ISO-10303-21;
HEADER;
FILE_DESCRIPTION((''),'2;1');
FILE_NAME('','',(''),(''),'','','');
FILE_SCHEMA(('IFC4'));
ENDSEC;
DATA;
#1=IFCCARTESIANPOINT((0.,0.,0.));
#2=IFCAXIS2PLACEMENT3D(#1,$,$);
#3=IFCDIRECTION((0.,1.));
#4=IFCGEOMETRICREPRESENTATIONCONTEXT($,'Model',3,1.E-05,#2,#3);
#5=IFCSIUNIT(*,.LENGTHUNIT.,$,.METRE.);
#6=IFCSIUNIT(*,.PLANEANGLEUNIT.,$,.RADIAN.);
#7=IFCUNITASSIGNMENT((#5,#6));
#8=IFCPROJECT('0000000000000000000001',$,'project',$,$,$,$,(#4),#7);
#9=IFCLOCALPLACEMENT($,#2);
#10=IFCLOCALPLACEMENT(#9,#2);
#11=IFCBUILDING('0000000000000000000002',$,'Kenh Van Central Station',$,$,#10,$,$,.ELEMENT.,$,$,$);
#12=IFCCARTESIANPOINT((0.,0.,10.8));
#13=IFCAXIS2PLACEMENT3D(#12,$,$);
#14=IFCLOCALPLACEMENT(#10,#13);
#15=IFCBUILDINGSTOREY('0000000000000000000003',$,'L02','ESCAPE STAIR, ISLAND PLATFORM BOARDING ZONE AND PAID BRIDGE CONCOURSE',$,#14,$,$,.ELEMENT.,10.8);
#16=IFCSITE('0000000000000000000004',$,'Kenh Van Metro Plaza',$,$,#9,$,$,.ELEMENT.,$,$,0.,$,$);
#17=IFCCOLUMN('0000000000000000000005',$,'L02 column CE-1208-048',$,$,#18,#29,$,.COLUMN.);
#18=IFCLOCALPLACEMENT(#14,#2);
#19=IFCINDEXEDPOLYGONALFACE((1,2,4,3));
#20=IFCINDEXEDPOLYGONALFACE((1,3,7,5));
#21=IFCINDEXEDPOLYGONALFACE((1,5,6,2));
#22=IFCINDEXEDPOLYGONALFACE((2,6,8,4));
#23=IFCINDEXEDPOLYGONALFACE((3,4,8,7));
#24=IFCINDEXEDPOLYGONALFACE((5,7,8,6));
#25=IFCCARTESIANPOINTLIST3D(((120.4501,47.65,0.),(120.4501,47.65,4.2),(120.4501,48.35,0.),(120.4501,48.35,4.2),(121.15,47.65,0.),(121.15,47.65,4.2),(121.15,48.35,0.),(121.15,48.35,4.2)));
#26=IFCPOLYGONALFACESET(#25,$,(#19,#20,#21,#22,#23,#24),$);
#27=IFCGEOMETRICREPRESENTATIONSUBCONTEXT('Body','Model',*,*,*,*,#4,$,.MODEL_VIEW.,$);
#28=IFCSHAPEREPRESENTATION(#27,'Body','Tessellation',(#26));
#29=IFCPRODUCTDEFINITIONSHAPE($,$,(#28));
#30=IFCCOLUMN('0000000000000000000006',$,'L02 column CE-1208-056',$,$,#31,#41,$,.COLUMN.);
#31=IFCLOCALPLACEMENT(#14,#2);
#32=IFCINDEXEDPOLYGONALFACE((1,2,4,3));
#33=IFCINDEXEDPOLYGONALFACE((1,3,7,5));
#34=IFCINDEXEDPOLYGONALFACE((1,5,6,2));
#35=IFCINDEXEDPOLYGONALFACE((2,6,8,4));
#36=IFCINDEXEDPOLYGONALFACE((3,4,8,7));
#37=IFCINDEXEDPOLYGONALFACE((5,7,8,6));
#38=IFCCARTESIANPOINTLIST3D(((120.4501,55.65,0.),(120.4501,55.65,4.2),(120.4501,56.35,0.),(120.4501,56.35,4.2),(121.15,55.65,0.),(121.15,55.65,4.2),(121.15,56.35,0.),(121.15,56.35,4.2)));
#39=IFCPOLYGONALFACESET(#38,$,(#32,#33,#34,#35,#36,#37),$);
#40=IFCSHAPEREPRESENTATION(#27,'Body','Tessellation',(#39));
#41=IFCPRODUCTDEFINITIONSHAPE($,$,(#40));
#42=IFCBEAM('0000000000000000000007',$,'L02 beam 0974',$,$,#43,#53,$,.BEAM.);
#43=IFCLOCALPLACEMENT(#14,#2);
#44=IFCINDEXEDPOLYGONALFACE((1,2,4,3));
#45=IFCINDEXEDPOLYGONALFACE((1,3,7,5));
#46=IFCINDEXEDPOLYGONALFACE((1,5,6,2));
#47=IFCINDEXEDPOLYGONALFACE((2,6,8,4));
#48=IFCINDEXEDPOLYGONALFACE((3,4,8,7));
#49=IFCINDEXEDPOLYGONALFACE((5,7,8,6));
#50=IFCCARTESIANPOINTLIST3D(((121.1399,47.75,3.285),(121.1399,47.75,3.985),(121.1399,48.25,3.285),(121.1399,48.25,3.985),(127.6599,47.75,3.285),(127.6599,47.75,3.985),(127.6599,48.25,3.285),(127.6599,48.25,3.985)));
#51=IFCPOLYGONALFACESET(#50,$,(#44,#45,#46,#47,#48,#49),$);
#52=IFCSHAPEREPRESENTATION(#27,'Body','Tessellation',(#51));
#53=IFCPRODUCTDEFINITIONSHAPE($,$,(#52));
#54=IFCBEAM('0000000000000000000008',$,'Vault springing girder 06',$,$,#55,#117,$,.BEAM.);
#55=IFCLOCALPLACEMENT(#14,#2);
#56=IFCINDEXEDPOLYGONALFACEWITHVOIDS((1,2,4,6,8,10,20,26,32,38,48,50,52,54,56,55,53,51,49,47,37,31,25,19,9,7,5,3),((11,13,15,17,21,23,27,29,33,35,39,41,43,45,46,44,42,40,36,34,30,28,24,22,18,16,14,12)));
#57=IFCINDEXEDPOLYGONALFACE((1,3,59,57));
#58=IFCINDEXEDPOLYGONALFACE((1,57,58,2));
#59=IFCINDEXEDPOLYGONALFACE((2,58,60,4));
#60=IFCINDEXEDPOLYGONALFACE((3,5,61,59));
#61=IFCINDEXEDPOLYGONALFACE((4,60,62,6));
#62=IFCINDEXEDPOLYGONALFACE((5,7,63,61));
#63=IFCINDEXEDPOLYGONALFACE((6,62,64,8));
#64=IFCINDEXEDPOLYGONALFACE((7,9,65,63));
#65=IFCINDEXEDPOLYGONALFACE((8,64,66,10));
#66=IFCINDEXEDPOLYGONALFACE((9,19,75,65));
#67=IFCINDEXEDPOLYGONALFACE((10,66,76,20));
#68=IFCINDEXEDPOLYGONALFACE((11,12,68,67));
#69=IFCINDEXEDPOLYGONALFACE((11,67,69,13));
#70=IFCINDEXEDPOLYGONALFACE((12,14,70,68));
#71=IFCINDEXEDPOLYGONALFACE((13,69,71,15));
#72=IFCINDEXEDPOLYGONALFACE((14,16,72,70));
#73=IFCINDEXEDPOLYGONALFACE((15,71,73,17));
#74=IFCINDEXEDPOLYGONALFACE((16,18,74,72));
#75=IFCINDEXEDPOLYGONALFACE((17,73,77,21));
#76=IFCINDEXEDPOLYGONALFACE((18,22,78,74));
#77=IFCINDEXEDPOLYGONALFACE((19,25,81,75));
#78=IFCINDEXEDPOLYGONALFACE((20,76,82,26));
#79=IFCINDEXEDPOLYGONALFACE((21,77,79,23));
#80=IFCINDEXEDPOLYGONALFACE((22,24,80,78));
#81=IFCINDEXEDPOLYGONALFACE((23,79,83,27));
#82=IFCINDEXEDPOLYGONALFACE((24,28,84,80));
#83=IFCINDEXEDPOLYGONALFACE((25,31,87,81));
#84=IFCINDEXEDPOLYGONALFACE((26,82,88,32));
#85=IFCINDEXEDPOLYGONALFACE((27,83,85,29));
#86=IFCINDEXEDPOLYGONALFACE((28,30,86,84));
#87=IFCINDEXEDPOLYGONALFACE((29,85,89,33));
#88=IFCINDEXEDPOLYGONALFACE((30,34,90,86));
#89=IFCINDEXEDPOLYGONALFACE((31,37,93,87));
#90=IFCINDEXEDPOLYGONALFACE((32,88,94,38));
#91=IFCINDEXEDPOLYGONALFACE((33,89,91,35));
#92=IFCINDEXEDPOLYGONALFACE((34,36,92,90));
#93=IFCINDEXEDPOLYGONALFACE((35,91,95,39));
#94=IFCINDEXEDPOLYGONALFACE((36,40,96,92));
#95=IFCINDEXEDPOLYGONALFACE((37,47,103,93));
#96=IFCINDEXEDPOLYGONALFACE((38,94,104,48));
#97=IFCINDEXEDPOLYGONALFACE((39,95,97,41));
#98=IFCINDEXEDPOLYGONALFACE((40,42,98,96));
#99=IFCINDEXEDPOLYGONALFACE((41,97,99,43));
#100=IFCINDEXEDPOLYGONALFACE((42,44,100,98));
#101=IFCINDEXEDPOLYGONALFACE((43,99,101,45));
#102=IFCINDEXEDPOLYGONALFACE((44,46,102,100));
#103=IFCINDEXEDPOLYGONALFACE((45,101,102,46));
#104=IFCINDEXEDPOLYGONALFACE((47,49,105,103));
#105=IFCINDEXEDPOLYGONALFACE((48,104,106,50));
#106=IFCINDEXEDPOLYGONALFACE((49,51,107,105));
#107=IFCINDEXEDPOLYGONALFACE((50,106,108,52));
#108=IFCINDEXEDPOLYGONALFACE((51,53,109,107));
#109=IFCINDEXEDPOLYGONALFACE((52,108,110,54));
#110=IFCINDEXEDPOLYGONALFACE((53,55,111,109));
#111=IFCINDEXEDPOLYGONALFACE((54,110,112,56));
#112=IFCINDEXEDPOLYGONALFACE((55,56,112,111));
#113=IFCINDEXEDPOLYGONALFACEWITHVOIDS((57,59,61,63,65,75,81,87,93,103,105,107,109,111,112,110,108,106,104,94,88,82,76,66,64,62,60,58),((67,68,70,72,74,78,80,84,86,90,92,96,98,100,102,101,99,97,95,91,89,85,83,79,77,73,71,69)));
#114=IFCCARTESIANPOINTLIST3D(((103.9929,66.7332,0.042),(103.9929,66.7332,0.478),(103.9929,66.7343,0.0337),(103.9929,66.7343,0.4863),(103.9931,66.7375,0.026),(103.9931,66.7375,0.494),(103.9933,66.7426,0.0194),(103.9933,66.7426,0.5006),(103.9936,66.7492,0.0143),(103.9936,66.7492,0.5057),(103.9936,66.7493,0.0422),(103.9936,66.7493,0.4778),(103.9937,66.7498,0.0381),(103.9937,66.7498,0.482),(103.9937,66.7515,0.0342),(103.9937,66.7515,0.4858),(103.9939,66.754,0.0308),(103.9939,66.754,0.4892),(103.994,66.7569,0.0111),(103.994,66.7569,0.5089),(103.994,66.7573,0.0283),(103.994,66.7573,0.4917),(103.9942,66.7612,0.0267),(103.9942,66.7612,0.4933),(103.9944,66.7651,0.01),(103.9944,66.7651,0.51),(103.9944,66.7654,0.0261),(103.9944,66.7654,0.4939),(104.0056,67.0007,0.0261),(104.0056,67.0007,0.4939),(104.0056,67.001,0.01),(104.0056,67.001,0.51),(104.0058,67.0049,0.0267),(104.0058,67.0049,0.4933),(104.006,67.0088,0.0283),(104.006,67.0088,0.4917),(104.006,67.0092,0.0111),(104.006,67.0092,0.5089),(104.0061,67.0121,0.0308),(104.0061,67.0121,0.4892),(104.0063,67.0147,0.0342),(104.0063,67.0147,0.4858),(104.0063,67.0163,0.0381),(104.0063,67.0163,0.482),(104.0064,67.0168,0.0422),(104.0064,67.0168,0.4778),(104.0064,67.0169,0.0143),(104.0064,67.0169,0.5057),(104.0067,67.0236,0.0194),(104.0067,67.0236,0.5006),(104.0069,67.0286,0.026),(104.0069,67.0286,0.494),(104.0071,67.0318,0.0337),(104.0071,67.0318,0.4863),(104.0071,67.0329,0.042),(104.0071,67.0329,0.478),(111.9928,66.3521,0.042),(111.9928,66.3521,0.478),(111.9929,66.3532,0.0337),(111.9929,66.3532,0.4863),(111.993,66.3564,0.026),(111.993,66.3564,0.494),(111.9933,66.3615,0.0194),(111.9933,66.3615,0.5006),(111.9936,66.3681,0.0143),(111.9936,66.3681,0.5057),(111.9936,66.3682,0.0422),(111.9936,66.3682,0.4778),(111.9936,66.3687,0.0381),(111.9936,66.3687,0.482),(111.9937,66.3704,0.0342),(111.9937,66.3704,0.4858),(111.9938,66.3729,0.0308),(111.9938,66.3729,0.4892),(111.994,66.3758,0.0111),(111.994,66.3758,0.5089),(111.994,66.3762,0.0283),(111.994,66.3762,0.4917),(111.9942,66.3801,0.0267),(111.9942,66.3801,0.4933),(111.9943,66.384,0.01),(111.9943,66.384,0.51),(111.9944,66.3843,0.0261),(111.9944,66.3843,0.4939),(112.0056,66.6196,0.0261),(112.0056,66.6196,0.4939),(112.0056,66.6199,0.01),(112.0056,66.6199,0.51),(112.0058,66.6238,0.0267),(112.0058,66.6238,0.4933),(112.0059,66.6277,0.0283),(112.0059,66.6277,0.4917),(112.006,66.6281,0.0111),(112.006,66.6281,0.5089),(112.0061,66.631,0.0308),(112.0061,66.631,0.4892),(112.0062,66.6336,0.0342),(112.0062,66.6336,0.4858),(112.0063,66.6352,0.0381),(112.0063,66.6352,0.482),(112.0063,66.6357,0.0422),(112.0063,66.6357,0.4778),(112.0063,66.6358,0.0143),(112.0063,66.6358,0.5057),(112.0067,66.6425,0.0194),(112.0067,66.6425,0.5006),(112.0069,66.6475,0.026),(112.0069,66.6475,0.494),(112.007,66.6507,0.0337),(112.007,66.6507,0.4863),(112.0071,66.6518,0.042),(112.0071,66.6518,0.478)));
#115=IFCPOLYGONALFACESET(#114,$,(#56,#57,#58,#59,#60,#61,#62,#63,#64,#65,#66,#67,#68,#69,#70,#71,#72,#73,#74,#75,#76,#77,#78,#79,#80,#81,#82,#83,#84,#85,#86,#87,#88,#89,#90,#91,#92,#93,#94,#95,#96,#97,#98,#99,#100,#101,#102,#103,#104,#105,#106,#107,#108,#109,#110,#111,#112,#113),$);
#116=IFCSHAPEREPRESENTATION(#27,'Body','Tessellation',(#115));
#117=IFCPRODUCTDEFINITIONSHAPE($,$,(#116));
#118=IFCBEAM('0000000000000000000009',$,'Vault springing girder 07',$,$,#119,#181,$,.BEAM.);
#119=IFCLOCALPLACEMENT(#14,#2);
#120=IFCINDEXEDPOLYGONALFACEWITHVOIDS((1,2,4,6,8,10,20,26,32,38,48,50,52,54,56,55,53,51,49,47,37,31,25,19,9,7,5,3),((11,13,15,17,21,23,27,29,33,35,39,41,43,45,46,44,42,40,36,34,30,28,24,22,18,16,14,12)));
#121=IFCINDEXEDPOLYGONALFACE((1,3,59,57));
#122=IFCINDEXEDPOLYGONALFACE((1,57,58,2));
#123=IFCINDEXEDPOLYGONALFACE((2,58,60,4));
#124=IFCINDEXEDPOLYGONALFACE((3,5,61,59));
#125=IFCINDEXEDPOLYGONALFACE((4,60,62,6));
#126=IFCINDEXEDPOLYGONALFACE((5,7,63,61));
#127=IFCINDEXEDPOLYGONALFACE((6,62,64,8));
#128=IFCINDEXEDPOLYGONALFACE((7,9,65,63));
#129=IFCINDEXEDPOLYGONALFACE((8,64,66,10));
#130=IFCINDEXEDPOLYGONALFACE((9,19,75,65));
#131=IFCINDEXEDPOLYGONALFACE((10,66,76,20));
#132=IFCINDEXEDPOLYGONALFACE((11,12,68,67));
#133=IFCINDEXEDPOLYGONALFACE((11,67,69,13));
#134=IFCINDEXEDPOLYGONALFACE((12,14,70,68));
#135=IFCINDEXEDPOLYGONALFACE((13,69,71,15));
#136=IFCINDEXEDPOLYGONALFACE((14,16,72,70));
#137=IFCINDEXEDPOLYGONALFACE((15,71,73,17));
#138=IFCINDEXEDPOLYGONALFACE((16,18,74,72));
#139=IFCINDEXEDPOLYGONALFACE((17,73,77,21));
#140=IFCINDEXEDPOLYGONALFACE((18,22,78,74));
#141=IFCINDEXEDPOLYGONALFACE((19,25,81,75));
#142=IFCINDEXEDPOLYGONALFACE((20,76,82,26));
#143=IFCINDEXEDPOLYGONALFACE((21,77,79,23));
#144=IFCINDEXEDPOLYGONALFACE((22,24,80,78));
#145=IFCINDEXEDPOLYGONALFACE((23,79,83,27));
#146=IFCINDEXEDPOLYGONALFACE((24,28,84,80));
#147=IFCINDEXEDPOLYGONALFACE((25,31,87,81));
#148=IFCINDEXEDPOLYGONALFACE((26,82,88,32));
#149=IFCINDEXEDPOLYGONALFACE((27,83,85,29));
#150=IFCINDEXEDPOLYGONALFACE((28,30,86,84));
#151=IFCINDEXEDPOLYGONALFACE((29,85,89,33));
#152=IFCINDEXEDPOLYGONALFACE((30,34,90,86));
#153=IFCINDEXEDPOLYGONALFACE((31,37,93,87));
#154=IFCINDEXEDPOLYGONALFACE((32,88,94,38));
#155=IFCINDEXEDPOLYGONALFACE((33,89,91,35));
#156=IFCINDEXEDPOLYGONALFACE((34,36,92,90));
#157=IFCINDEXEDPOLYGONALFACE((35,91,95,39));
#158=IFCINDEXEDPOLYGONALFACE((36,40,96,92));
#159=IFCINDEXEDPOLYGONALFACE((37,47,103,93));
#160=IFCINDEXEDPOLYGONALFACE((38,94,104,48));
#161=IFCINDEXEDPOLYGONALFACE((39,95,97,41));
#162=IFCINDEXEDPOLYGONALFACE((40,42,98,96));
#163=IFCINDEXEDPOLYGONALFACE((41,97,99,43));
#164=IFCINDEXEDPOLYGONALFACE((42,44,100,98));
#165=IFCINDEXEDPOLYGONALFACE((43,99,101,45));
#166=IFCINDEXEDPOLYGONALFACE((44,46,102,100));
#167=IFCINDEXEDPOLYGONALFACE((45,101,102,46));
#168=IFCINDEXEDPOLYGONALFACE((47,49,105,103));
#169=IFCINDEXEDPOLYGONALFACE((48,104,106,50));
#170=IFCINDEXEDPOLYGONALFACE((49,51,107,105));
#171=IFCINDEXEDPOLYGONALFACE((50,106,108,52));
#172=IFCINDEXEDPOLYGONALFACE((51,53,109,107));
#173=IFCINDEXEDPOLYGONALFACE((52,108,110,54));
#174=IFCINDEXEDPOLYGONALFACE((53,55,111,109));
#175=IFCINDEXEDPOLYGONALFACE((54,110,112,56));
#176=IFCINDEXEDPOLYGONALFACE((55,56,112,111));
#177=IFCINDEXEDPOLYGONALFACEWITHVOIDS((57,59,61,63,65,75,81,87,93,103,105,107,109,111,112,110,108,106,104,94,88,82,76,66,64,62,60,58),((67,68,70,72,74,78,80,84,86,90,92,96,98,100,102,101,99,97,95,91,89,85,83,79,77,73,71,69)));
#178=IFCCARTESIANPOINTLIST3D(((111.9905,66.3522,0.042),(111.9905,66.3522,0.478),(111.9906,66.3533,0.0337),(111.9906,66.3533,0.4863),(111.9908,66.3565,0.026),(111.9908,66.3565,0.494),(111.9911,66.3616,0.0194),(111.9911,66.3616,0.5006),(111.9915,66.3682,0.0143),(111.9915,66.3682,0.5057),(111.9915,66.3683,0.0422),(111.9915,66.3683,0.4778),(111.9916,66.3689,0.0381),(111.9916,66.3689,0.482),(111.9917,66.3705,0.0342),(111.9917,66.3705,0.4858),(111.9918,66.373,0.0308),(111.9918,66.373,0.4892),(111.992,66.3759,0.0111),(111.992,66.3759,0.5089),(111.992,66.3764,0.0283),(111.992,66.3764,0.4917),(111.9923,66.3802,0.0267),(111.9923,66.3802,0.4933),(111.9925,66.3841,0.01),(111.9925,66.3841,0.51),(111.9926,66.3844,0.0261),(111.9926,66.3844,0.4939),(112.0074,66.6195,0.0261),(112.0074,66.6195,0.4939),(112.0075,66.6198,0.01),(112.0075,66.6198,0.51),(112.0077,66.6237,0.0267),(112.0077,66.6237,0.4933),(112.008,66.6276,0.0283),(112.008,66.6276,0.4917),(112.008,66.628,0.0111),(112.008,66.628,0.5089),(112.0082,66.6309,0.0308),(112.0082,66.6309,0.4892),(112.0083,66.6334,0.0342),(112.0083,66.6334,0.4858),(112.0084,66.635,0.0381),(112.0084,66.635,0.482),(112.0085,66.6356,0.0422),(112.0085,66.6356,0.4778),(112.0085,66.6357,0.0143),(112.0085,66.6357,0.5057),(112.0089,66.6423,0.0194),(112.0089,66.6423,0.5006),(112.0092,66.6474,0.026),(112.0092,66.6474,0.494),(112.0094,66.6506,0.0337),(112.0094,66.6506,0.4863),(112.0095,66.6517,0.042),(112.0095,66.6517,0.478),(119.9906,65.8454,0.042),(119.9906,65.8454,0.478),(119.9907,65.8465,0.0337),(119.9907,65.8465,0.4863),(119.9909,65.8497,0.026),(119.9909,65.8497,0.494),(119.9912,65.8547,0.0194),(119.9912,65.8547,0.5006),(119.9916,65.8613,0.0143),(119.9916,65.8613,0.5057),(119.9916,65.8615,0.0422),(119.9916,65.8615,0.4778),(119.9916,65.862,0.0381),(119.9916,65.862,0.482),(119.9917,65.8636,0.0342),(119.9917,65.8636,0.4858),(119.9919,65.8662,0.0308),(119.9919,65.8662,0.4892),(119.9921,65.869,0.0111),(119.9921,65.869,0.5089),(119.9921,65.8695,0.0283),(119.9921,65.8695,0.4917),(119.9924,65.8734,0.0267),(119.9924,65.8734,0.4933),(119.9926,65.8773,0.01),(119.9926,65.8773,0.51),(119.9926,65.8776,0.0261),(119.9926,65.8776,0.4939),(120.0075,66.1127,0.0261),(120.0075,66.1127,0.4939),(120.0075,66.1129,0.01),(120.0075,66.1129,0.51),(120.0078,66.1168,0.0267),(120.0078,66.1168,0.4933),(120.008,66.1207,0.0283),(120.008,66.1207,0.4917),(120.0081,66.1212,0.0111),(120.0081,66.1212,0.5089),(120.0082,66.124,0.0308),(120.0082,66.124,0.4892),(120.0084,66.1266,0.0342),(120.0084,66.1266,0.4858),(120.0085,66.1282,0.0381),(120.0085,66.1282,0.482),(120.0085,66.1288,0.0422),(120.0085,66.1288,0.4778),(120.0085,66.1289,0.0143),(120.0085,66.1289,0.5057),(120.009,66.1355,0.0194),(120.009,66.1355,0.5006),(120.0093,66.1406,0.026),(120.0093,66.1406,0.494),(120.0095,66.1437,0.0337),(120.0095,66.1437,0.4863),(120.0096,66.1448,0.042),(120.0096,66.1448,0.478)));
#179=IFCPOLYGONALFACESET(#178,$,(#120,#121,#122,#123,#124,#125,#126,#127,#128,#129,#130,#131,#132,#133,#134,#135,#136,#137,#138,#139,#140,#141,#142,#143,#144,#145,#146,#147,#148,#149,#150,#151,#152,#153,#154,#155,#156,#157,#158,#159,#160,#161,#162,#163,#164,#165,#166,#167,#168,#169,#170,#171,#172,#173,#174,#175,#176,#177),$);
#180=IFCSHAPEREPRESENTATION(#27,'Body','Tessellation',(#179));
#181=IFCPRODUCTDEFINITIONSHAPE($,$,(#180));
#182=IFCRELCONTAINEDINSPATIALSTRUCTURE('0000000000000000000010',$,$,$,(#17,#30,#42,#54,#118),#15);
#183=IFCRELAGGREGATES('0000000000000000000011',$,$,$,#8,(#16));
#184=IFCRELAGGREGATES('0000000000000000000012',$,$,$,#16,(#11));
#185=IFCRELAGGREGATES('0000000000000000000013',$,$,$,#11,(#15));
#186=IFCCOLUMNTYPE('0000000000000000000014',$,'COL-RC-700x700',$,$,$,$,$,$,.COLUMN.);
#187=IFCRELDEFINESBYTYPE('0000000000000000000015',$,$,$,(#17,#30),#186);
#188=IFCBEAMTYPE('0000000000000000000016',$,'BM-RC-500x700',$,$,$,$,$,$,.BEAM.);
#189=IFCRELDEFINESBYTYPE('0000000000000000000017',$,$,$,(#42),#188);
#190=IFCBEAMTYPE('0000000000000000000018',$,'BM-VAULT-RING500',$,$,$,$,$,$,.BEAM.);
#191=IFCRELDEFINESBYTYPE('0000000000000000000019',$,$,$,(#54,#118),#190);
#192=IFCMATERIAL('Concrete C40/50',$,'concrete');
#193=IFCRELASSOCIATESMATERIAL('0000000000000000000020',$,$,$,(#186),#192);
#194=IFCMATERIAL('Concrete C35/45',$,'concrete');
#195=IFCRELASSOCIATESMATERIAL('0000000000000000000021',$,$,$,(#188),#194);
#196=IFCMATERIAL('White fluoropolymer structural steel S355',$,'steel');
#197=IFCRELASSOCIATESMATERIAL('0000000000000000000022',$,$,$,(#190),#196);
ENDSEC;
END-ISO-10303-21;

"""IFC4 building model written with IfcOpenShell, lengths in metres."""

from ifc_helpers import new_model, si_unit, direction, frame, origin, origin_2d, place, context, subcontext, project, spatial, rectangle, hollow_rectangle, extrude, material, material_profile, profile_set, type_object, element, save


model = new_model("IFC4")

# Units and contexts
model_context = context("Model", 3, precision=1e-05, world=origin(), true_north=direction((0.0, 1.0)))
body_context = subcontext(model_context, "Body", "Model", "MODEL_VIEW")
ifc_project = project(units=[si_unit("LENGTHUNIT", "METRE"), si_unit("PLANEANGLEUNIT", "RADIAN")], contexts=[model_context])

# Site, building, storey
site_placement = place(None, origin())
site = spatial("IfcSite", under=ifc_project, at=site_placement, Name="Kenh Van Metro Plaza", CompositionType="ELEMENT", RefElevation=0.0)
building_placement = place(site_placement, origin())
building = spatial("IfcBuilding", under=site, at=building_placement, Name="Kenh Van Central Station", CompositionType="ELEMENT")
storey_placement = place(building_placement, frame((0.0, 0.0, 10.8)))
storey = spatial("IfcBuildingStorey", under=building, at=storey_placement, Name="L02", Description="ESCAPE STAIR, ISLAND PLATFORM BOARDING ZONE AND PAID BRIDGE CONCOURSE", CompositionType="ELEMENT", Elevation=10.8)

# Columns
ifc_material_1 = material(Name="Concrete C40/50", Category="concrete")
ifc_material_profile_1 = material_profile(ifc_material_1, rectangle(XDim=0.7, YDim=0.7, at=origin_2d()), Name="RC 700x700")
ifc_profile_set_1 = profile_set([ifc_material_profile_1], Name="Concrete C40/50")
column_type = type_object("IfcColumnType", Name="COL-RC-700x700", PredefinedType="COLUMN", material=ifc_profile_set_1)
for number, where, z_axis, x_axis, name in (
    (1, (120.8, 48.0, 0.0), (0.0, 0.0, 1.0), (1.0, 0.0, 0.0), "L02 column CE-1208-048"),
    (2, (120.8, 56.0, 0.0), (0.0, 0.0, 1.0), (1.0, 0.0, 0.0), "L02 column CE-1208-056"),
):
    element("IfcColumn", number, at=place(storey_placement, frame(where, z_axis=z_axis, x_axis=x_axis)), inside=storey, type_object=column_type, Name=name, PredefinedType="COLUMN", context=body_context, shape_type="SweptSolid", body=[
        extrude(rectangle(XDim=0.7, YDim=0.7, at=origin_2d()), origin(), (0.0, 0.0, 1.0), 4.2),
    ])

# Beams
ifc_material_2 = material(Name="Concrete C35/45", Category="concrete")
ifc_material_profile_2 = material_profile(ifc_material_2, rectangle(XDim=0.5, YDim=0.7, at=origin_2d()), Name="RC 500x700")
ifc_profile_set_2 = profile_set([ifc_material_profile_2], Name="Concrete C35/45")
beam_type_1 = type_object("IfcBeamType", Name="BM-RC-500x700", PredefinedType="BEAM", material=ifc_profile_set_2)
beam_1_placement = place(storey_placement, frame((121.1399, 48.0, 3.635), z_axis=(1.0, 0.0, 0.0), x_axis=(0.0, 1.0, 0.0)))
element("IfcBeam", 3, at=beam_1_placement, inside=storey, type_object=beam_type_1, Name="L02 beam 0974", PredefinedType="BEAM", context=body_context, shape_type="SweptSolid", body=[
    extrude(rectangle(XDim=0.5, YDim=0.7, at=origin_2d()), origin(), (0.0, 0.0, 1.0), 6.52),
])
ifc_material_3 = material(Name="White fluoropolymer structural steel S355", Category="steel")
ifc_material_profile_3 = material_profile(ifc_material_3, hollow_rectangle(XDim=0.3, YDim=0.5, WallThickness=0.0161, InnerFilletRadius=0.0161, OuterFilletRadius=0.032, at=origin_2d()), Name="RHS 500x300x16")
ifc_profile_set_3 = profile_set([ifc_material_profile_3], Name="White fluoropolymer structural steel S355")
beam_type_2 = type_object("IfcBeamType", Name="BM-VAULT-RING500", PredefinedType="BEAM", material=ifc_profile_set_3)
beam_2_placement = place(storey_placement, frame((104.0, 66.8831, 0.26), z_axis=(0.998867, -0.047584, 0.0), x_axis=(0.047584, 0.998867, 0.0)))
element("IfcBeam", 4, at=beam_2_placement, inside=storey, type_object=beam_type_2, Name="Vault springing girder 06", PredefinedType="BEAM", context=body_context, shape_type="SweptSolid", body=[
    extrude(hollow_rectangle(XDim=0.3, YDim=0.5, WallThickness=0.0161, InnerFilletRadius=0.0161, OuterFilletRadius=0.032, at=origin_2d()), origin(), (0.0, 0.0, 1.0), 8.009),
])
beam_3_placement = place(storey_placement, frame((112.0, 66.502, 0.26), z_axis=(0.997999, -0.063228, 0.0), x_axis=(0.063228, 0.997999, 0.0)))
element("IfcBeam", 5, at=beam_3_placement, inside=storey, type_object=beam_type_2, Name="Vault springing girder 07", PredefinedType="BEAM", context=body_context, shape_type="SweptSolid", body=[
    extrude(hollow_rectangle(XDim=0.3, YDim=0.5, WallThickness=0.0161, InnerFilletRadius=0.0161, OuterFilletRadius=0.032, at=origin_2d()), origin(), (0.0, 0.0, 1.0), 8.0161),
])

save(model, "model.ifc")
